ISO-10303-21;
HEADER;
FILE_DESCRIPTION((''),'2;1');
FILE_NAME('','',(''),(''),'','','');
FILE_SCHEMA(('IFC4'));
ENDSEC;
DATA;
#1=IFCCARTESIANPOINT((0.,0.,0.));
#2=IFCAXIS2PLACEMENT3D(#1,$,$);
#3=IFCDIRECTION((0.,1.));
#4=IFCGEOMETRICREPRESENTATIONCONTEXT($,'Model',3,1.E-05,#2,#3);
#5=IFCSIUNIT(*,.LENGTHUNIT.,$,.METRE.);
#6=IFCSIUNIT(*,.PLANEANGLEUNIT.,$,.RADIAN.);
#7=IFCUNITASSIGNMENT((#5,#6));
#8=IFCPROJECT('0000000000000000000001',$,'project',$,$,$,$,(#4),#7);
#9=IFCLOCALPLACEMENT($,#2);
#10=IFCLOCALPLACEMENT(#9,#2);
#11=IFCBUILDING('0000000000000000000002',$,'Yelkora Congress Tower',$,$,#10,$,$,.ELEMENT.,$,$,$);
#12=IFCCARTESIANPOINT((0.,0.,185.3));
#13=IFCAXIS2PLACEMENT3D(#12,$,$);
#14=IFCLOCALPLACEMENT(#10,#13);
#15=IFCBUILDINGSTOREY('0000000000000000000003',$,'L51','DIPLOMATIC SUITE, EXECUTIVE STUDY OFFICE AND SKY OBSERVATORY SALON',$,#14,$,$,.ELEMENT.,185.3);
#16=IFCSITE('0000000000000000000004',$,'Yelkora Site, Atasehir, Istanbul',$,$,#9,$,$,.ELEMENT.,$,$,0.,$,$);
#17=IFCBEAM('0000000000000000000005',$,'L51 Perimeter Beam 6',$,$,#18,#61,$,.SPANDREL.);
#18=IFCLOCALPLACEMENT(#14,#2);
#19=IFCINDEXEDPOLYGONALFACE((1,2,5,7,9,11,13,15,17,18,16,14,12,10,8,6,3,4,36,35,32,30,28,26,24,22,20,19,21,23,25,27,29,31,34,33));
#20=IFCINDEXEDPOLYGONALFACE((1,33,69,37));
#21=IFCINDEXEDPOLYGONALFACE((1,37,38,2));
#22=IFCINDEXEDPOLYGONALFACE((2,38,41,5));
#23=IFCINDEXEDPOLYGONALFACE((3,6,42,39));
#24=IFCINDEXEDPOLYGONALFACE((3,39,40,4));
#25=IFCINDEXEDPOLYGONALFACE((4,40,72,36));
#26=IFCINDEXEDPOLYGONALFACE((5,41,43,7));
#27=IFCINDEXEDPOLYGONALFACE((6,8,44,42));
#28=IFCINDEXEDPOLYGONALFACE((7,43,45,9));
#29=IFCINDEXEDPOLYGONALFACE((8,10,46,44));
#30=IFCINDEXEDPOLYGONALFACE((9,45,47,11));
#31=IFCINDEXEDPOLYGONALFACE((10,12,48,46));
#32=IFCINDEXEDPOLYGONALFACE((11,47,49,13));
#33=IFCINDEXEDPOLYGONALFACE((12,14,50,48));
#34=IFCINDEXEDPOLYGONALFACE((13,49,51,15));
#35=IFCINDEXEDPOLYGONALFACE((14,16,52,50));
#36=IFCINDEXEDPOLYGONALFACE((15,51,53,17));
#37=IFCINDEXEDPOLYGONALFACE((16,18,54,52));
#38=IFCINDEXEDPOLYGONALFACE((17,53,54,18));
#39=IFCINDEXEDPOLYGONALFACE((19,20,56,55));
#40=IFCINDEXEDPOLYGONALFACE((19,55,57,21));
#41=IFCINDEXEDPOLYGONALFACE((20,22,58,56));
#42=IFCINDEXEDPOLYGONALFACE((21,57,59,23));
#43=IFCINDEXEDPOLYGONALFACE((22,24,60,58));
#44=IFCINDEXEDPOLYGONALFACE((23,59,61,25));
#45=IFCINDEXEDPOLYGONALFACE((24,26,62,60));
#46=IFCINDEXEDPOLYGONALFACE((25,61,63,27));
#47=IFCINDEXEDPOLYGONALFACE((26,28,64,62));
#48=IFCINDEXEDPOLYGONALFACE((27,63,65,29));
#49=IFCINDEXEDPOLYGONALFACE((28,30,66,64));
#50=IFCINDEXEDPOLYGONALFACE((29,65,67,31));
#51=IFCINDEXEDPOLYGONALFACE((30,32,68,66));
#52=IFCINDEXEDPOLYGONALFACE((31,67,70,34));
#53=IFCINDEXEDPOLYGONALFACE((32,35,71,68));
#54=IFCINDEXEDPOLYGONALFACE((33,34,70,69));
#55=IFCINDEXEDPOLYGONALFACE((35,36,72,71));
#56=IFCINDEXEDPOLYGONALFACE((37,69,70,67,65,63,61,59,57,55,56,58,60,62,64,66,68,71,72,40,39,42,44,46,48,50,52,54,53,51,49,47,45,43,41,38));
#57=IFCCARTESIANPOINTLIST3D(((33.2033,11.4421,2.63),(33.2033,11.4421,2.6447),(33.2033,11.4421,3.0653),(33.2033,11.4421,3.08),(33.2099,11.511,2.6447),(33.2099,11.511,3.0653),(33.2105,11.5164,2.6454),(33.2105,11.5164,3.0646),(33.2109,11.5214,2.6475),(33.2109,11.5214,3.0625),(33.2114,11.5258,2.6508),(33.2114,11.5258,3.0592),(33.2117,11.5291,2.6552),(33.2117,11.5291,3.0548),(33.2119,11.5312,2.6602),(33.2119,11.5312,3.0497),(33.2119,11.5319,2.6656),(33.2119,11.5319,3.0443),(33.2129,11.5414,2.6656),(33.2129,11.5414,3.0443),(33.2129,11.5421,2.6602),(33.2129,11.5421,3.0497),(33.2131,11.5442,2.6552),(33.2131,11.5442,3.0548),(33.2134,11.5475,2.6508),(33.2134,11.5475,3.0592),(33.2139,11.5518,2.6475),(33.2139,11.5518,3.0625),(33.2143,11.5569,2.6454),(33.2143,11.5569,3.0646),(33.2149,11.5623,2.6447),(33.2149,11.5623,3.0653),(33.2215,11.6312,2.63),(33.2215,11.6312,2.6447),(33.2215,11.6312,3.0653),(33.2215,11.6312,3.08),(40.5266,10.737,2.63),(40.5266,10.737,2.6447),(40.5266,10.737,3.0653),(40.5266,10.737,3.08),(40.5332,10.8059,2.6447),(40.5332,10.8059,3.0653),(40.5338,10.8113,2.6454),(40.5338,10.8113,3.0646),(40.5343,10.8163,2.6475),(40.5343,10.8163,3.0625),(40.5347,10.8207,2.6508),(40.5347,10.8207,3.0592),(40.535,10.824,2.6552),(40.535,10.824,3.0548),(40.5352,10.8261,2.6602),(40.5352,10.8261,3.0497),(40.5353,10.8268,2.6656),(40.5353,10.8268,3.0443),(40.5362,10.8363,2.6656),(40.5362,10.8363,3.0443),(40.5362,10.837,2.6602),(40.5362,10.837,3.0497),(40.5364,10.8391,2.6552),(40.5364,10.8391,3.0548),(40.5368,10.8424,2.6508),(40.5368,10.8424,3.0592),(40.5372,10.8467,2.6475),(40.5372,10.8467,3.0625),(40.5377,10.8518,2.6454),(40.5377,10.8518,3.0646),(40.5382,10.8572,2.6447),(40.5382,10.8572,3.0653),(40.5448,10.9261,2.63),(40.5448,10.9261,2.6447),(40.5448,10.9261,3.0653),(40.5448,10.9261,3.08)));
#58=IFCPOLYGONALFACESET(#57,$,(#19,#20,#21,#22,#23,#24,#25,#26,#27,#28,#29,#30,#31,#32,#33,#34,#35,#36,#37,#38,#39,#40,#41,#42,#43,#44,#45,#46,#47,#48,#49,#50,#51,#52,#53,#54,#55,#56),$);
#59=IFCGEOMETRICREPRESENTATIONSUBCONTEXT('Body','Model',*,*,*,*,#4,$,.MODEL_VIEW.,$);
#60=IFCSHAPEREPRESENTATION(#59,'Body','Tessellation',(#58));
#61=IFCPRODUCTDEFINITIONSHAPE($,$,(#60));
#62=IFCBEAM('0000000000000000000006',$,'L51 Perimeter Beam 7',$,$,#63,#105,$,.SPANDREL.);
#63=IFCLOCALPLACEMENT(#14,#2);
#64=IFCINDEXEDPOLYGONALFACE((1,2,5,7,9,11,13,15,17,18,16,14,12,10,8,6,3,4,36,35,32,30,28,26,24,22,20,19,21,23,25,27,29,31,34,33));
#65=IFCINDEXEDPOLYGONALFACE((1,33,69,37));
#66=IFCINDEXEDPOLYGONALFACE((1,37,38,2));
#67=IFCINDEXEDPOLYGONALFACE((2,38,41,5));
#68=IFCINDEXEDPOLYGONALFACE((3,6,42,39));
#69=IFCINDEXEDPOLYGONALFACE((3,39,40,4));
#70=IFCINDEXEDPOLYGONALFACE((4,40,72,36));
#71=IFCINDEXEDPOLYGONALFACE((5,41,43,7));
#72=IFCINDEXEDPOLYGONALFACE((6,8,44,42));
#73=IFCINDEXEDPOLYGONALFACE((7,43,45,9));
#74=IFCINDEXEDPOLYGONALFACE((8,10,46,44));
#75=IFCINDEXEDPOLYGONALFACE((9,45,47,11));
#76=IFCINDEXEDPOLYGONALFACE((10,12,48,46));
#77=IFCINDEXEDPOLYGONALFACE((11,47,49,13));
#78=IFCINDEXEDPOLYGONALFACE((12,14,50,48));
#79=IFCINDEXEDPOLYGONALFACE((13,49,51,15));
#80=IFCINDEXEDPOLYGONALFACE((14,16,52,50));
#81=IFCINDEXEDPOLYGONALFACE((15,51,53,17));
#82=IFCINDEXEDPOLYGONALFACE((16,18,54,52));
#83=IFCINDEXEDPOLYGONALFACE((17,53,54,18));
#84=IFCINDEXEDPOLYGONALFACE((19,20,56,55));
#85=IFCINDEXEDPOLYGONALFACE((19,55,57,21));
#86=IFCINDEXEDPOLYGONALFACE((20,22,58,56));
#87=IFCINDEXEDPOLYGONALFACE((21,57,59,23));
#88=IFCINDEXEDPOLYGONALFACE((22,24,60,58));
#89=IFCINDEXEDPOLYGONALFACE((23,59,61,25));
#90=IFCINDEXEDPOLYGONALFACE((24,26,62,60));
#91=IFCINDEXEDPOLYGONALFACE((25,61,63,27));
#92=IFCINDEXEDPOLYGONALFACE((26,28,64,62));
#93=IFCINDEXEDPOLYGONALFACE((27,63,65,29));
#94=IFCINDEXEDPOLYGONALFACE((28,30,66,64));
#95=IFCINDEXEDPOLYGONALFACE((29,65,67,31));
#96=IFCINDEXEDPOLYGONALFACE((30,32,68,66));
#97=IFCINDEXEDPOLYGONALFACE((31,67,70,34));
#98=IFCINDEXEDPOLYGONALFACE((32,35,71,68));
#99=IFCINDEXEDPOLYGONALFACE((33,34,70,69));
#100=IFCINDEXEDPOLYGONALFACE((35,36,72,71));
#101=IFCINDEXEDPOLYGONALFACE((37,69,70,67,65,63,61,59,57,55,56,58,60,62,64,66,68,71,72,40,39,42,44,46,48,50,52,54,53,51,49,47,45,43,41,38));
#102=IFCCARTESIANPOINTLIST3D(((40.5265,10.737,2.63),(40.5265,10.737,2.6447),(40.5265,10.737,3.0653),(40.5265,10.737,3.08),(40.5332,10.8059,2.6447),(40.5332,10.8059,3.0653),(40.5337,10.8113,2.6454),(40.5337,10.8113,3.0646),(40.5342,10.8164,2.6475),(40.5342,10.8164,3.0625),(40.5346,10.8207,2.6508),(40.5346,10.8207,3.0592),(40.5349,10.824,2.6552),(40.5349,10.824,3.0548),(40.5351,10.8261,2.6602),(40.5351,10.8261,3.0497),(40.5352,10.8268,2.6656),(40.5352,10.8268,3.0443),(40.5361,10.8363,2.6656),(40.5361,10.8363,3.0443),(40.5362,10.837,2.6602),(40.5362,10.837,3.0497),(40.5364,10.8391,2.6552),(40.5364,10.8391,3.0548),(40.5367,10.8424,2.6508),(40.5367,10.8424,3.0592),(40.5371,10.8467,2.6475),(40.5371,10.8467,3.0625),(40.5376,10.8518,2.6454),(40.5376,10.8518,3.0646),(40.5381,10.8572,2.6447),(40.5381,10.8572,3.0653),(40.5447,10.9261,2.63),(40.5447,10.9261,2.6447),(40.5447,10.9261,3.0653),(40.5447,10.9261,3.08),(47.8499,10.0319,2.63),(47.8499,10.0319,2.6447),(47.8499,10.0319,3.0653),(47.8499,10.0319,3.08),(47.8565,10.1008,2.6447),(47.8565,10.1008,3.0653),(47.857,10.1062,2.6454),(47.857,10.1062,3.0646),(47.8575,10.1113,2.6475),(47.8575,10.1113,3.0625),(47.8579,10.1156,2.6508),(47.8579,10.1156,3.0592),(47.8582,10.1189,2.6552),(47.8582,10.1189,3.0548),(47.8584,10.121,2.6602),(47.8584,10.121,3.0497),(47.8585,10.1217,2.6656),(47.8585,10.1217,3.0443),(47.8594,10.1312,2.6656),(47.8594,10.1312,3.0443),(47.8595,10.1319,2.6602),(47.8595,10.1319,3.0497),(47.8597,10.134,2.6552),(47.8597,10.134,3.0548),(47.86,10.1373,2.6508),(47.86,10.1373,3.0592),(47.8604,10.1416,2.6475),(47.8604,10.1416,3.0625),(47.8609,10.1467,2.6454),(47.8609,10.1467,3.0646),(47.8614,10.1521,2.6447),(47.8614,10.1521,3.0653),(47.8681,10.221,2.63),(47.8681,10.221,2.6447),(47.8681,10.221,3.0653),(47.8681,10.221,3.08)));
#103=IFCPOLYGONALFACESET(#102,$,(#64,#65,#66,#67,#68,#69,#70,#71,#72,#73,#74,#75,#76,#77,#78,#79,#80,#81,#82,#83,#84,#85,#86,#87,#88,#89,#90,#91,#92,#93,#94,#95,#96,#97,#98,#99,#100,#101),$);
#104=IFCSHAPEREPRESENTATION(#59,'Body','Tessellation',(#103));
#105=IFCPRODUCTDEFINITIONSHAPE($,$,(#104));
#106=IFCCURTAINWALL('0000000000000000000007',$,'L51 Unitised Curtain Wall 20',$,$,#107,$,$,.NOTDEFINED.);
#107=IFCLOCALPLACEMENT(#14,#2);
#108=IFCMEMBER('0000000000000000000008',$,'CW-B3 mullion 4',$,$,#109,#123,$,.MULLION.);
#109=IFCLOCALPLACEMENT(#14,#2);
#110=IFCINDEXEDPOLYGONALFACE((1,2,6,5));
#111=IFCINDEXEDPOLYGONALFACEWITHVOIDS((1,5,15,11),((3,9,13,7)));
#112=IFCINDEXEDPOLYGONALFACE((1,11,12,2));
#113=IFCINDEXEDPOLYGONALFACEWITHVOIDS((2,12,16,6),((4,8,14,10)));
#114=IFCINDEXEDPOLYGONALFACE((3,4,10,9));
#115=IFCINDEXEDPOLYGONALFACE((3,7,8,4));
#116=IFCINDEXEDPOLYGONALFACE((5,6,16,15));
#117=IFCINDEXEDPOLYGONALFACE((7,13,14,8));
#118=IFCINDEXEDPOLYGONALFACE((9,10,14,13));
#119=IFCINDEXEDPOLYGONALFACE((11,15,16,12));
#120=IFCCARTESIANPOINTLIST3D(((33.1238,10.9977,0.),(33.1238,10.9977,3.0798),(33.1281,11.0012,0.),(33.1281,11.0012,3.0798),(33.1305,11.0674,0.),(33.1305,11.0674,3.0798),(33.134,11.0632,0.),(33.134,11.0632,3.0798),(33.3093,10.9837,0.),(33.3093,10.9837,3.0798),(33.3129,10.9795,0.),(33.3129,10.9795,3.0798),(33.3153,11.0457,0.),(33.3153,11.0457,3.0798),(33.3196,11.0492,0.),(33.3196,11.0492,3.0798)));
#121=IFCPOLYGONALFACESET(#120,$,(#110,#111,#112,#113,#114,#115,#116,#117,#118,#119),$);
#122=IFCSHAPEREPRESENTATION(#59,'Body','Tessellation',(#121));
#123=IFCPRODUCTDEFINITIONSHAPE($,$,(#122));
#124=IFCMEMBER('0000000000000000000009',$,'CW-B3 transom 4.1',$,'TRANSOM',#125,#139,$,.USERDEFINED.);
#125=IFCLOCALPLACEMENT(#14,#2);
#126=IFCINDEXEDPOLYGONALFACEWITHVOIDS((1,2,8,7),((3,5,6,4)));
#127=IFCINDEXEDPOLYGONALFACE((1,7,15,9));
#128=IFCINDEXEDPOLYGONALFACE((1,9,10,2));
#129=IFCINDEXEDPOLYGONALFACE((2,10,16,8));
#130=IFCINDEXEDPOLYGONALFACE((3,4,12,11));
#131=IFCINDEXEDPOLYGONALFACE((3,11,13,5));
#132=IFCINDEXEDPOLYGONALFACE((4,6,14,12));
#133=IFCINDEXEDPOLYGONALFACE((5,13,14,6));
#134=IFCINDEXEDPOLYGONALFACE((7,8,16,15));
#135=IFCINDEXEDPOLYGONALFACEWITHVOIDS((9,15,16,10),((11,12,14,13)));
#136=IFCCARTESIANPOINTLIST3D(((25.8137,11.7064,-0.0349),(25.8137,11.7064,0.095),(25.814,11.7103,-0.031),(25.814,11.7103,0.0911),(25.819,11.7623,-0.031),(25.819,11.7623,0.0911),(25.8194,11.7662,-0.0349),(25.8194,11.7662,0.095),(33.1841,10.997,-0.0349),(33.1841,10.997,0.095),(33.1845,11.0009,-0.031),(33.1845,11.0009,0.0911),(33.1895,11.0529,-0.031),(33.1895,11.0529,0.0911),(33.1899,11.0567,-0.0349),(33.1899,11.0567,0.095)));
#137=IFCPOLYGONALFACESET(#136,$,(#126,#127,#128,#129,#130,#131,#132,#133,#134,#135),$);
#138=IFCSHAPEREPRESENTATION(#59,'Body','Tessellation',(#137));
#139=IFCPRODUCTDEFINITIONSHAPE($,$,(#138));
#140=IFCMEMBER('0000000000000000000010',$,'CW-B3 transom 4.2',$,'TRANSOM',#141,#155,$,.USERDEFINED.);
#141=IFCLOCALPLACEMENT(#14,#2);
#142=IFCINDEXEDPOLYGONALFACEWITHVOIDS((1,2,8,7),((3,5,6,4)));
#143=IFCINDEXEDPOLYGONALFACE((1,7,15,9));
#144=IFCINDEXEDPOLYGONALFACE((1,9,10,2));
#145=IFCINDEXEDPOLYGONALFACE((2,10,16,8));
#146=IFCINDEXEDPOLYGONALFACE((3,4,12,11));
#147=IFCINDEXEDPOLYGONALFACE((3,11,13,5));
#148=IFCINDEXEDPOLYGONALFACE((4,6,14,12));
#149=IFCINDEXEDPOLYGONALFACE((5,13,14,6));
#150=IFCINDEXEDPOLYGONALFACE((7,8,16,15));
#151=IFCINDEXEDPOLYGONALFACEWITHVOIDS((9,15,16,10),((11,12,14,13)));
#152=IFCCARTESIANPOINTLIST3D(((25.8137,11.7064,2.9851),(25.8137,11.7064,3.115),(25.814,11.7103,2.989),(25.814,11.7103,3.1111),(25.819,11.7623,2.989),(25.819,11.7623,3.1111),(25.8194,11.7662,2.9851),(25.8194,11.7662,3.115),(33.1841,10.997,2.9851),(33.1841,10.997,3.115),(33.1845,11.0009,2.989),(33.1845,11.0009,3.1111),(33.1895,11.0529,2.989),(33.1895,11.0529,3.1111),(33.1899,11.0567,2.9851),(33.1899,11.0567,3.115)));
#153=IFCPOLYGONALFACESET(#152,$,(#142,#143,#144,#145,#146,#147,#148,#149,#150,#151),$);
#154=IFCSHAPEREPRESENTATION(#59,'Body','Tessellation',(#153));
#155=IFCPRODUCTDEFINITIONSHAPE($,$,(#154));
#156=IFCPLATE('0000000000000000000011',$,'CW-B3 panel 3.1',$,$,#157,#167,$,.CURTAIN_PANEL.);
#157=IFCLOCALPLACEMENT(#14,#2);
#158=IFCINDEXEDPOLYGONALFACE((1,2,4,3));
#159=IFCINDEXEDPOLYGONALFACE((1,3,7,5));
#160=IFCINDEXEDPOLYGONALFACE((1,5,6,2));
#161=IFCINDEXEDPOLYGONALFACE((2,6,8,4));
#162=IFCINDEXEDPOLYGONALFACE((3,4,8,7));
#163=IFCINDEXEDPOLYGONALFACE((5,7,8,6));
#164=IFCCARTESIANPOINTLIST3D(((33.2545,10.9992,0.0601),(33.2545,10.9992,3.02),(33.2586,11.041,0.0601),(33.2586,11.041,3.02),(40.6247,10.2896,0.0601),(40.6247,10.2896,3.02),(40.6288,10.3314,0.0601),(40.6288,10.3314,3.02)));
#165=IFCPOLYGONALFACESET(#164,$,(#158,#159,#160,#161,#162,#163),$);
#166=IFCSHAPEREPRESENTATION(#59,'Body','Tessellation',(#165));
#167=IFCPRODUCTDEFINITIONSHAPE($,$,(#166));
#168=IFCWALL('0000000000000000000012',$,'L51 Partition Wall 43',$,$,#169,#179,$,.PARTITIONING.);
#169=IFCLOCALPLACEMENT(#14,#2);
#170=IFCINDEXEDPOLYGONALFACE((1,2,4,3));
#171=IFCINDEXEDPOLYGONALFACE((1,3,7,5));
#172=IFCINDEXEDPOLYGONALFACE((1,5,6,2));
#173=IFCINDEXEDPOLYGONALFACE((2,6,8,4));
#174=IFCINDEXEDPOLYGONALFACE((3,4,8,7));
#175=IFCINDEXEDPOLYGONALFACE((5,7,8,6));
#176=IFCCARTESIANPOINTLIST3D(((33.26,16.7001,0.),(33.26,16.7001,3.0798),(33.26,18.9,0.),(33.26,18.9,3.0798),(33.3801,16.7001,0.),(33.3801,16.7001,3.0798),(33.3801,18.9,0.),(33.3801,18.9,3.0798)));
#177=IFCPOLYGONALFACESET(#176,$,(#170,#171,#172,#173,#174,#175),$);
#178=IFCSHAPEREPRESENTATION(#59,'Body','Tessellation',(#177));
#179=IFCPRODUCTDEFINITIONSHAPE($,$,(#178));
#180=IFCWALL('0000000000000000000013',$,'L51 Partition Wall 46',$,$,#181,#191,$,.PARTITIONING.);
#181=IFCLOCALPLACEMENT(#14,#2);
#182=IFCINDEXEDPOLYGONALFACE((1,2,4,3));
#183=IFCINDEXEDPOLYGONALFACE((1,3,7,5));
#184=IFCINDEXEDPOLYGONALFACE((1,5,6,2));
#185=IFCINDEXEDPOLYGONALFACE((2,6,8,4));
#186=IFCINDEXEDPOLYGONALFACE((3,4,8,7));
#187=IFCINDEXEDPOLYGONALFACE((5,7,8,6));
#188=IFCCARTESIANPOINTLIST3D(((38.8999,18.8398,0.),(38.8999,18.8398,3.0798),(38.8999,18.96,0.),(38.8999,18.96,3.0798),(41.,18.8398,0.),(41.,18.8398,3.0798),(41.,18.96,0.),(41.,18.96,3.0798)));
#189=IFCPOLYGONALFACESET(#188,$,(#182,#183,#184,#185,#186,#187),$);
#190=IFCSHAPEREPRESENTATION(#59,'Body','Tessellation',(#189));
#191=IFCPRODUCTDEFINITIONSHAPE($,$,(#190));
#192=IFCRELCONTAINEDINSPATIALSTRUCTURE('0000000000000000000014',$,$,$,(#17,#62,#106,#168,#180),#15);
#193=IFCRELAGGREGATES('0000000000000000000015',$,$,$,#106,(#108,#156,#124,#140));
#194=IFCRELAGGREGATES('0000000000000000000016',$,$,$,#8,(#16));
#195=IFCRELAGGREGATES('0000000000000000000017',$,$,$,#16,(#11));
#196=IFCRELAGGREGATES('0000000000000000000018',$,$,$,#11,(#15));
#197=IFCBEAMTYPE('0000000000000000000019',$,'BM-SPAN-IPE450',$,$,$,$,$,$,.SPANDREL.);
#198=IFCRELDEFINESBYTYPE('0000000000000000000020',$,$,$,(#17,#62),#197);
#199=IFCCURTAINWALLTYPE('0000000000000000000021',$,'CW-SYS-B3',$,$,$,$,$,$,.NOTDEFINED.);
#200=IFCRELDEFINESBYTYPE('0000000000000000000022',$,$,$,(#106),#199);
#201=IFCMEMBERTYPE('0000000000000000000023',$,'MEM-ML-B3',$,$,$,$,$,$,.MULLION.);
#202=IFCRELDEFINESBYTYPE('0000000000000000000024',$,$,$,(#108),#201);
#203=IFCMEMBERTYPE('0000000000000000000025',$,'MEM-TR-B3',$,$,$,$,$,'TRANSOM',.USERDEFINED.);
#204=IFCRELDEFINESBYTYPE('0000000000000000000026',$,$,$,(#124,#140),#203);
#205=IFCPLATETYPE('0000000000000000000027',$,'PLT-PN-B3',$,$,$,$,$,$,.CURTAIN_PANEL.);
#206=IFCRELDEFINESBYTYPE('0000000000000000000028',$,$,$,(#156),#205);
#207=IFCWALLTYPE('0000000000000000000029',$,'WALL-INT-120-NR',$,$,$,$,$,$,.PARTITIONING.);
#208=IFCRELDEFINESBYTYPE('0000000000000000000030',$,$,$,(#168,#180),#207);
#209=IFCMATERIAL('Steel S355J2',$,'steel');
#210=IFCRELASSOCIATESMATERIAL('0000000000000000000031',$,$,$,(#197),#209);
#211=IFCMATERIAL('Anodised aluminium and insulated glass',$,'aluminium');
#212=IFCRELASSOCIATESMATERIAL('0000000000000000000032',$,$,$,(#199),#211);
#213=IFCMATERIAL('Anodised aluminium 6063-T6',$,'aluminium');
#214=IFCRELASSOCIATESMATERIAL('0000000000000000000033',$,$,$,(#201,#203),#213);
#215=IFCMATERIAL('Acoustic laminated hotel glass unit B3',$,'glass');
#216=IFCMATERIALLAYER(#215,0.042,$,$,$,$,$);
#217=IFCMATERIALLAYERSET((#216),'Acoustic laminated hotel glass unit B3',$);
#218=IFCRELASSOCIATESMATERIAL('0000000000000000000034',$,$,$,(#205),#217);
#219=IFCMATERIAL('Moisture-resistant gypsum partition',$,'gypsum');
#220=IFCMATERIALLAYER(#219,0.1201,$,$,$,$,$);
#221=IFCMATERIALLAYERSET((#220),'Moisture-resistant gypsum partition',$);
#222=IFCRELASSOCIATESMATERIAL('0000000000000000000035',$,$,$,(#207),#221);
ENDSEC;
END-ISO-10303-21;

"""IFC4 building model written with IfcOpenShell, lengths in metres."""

from ifc_helpers import new_model, si_unit, direction, frame, frame_2d, origin, origin_2d, place, context, subcontext, project, spatial, rectangle, hollow_rectangle, i_section, extrude, material, layer, layer_set, material_profile, profile_set, type_object, element, aggregate, save


model = new_model("IFC4")

# Units and contexts
model_context = context("Model", 3, precision=1e-05, world=origin(), true_north=direction((0.0, 1.0)))
body_context = subcontext(model_context, "Body", "Model", "MODEL_VIEW")
ifc_project = project(units=[si_unit("LENGTHUNIT", "METRE"), si_unit("PLANEANGLEUNIT", "RADIAN")], contexts=[model_context])

# Site, building, storey
site_placement = place(None, origin())
site = spatial("IfcSite", under=ifc_project, at=site_placement, Name="Yelkora Site, Atasehir, Istanbul", CompositionType="ELEMENT", RefElevation=0.0)
building_placement = place(site_placement, origin())
building = spatial("IfcBuilding", under=site, at=building_placement, Name="Yelkora Congress Tower", CompositionType="ELEMENT")
storey_placement = place(building_placement, frame((0.0, 0.0, 185.3)))
storey = spatial("IfcBuildingStorey", under=building, at=storey_placement, Name="L51", Description="DIPLOMATIC SUITE, EXECUTIVE STUDY OFFICE AND SKY OBSERVATORY SALON", CompositionType="ELEMENT", Elevation=185.3)

# Beams
ifc_material_1 = material(Name="Steel S355J2", Category="steel")
ifc_material_profile_1 = material_profile(ifc_material_1, i_section(OverallWidth=0.1899, OverallDepth=0.45, WebThickness=0.0095, FlangeThickness=0.0146, FilletRadius=0.021, at=origin_2d()), Name="IPE 450")
ifc_profile_set_1 = profile_set([ifc_material_profile_1], Name="Steel S355J2")
beam_type_1 = type_object("IfcBeamType", Name="BM-SPAN-IPE450", PredefinedType="SPANDREL", material=ifc_profile_set_1)
for number, where, z_axis, x_axis, name in (
    (1, (33.2124, 11.5366, 2.855), (0.995397, -0.095836, 0.0), (0.095836, 0.995397, 0.0), "L51 Perimeter Beam 6"),
    (2, (40.5356, 10.8315, 2.855), (0.995397, -0.095836, 0.0), (0.095836, 0.995397, 0.0), "L51 Perimeter Beam 7"),
):
    element("IfcBeam", number, at=place(storey_placement, frame(where, z_axis=z_axis, x_axis=x_axis)), inside=storey, type_object=beam_type_1, Name=name, PredefinedType="SPANDREL", context=body_context, shape_type="SweptSolid", body=[
        extrude(i_section(OverallWidth=0.1899, OverallDepth=0.45, WebThickness=0.0095, FlangeThickness=0.0146, FilletRadius=0.021, at=origin_2d()), origin(), (0.0, 0.0, 1.0), 7.3572),
    ])

# Curtain wall, members, plate
ifc_material_2 = material(Name="Anodised aluminium and insulated glass", Category="aluminium")
curtain_wall_type = type_object("IfcCurtainWallType", Name="CW-SYS-B3", PredefinedType="NOTDEFINED", material=ifc_material_2)
curtain_wall_placement = place(storey_placement, origin())
curtain_wall = element("IfcCurtainWall", 3, at=curtain_wall_placement, inside=storey, type_object=curtain_wall_type, Name="L51 Unitised Curtain Wall 20", PredefinedType="NOTDEFINED")
ifc_material_3 = material(Name="Anodised aluminium 6063-T6", Category="aluminium")
ifc_material_profile_2 = material_profile(ifc_material_3, hollow_rectangle(XDim=0.0701, YDim=0.1899, WallThickness=0.0039, at=origin_2d()), Name="ALU 70x190x4")
ifc_profile_set_2 = profile_set([ifc_material_profile_2], Name="Anodised aluminium 6063-T6")
member_type_1 = type_object("IfcMemberType", Name="MEM-ML-B3", PredefinedType="MULLION", material=ifc_profile_set_2)
member_1_placement = place(storey_placement, frame((33.2217, 11.0234, 0.0), z_axis=(0.0, 0.0, 1.0), x_axis=(-0.095845, -0.995396, 0.0)))
member_1 = element("IfcMember", 4, at=member_1_placement, type_object=member_type_1, Name="CW-B3 mullion 4", PredefinedType="MULLION", context=body_context, shape_type="SweptSolid", body=[
    extrude(hollow_rectangle(XDim=0.0701, YDim=0.1899, WallThickness=0.0039, at=origin_2d()), origin(), (0.0, 0.0, 1.0), 3.0798),
])
ifc_material_profile_3 = material_profile(ifc_material_3, hollow_rectangle(XDim=0.0601, YDim=0.1299, WallThickness=0.0039, at=origin_2d()), Name="ALU 60x130x4")
ifc_profile_set_3 = profile_set([ifc_material_profile_3], Name="Anodised aluminium 6063-T6")
member_type_2 = type_object("IfcMemberType", Name="MEM-TR-B3", ElementType="TRANSOM", PredefinedType="USERDEFINED", material=ifc_profile_set_3)
member_2_placement = place(storey_placement, frame((33.187, 11.0269, 0.03), z_axis=(-0.995399, 0.095817, 0.0), x_axis=(-0.095817, -0.995399, 0.0)))
member_2 = element("IfcMember", 5, at=member_2_placement, type_object=member_type_2, Name="CW-B3 transom 4.1", ObjectType="TRANSOM", PredefinedType="USERDEFINED", context=body_context, shape_type="SweptSolid", body=[
    extrude(hollow_rectangle(XDim=0.0601, YDim=0.1299, WallThickness=0.0039, at=origin_2d()), origin(), (0.0, 0.0, 1.0), 7.4045),
])
member_3_placement = place(storey_placement, frame((33.187, 11.0269, 3.05), z_axis=(-0.995399, 0.095817, 0.0), x_axis=(-0.095817, -0.995399, 0.0)))
member_3 = element("IfcMember", 6, at=member_3_placement, type_object=member_type_2, Name="CW-B3 transom 4.2", ObjectType="TRANSOM", PredefinedType="USERDEFINED", context=body_context, shape_type="SweptSolid", body=[
    extrude(hollow_rectangle(XDim=0.0601, YDim=0.1299, WallThickness=0.0039, at=origin_2d()), origin(), (0.0, 0.0, 1.0), 7.4045),
])
ifc_material_4 = material(Name="Acoustic laminated hotel glass unit B3", Category="glass")
ifc_layer_1 = layer(ifc_material_4, 0.042)
ifc_layer_set_1 = layer_set([ifc_layer_1], Name="Acoustic laminated hotel glass unit B3")
plate_type = type_object("IfcPlateType", Name="PLT-PN-B3", PredefinedType="CURTAIN_PANEL", material=ifc_layer_set_1)
plate_placement = place(storey_placement, frame((36.9417, 10.6653, 0.0601), z_axis=(0.0, 0.0, 1.0), x_axis=(-0.995396, 0.095845, 0.0)))
plate = element("IfcPlate", 7, at=plate_placement, type_object=plate_type, Name="CW-B3 panel 3.1", PredefinedType="CURTAIN_PANEL", context=body_context, shape_type="SweptSolid", body=[
    extrude(rectangle(XDim=7.4043, YDim=0.042, at=origin_2d()), origin(), (0.0, 0.0, 1.0), 2.96),
])
aggregate(curtain_wall, [member_1, plate, member_2, member_3])

# Walls
ifc_material_5 = material(Name="Moisture-resistant gypsum partition", Category="gypsum")
ifc_layer_2 = layer(ifc_material_5, 0.1201)
ifc_layer_set_2 = layer_set([ifc_layer_2], Name="Moisture-resistant gypsum partition")
wall_type_1 = type_object("IfcWallType", Name="WALL-INT-120-NR", PredefinedType="PARTITIONING", material=ifc_layer_set_2)
wall_1_placement = place(storey_placement, frame((33.3201, 16.7, 0.0), z_axis=(0.0, 0.0, 1.0), x_axis=(0.0, 1.0, 0.0)))
element("IfcWall", 8, at=wall_1_placement, inside=storey, type_object=wall_type_1, Name="L51 Partition Wall 43", PredefinedType="PARTITIONING", context=body_context, shape_type="SweptSolid", body=[
    extrude(rectangle(XDim=2.2, YDim=0.1201, at=frame_2d((1.1001, 0.0))), origin(), (0.0, 0.0, 1.0), 3.0798),
])
wall_2_placement = place(storey_placement, frame((38.8999, 18.8999, 0.0), z_axis=(0.0, 0.0, 1.0), x_axis=(1.0, 0.0, 0.0)))
element("IfcWall", 9, at=wall_2_placement, inside=storey, type_object=wall_type_1, Name="L51 Partition Wall 46", PredefinedType="PARTITIONING", context=body_context, shape_type="SweptSolid", body=[
    extrude(rectangle(XDim=2.1001, YDim=0.1201, at=frame_2d((1.05, 0.0))), origin(), (0.0, 0.0, 1.0), 3.0798),
])

save(model, "model.ifc")
